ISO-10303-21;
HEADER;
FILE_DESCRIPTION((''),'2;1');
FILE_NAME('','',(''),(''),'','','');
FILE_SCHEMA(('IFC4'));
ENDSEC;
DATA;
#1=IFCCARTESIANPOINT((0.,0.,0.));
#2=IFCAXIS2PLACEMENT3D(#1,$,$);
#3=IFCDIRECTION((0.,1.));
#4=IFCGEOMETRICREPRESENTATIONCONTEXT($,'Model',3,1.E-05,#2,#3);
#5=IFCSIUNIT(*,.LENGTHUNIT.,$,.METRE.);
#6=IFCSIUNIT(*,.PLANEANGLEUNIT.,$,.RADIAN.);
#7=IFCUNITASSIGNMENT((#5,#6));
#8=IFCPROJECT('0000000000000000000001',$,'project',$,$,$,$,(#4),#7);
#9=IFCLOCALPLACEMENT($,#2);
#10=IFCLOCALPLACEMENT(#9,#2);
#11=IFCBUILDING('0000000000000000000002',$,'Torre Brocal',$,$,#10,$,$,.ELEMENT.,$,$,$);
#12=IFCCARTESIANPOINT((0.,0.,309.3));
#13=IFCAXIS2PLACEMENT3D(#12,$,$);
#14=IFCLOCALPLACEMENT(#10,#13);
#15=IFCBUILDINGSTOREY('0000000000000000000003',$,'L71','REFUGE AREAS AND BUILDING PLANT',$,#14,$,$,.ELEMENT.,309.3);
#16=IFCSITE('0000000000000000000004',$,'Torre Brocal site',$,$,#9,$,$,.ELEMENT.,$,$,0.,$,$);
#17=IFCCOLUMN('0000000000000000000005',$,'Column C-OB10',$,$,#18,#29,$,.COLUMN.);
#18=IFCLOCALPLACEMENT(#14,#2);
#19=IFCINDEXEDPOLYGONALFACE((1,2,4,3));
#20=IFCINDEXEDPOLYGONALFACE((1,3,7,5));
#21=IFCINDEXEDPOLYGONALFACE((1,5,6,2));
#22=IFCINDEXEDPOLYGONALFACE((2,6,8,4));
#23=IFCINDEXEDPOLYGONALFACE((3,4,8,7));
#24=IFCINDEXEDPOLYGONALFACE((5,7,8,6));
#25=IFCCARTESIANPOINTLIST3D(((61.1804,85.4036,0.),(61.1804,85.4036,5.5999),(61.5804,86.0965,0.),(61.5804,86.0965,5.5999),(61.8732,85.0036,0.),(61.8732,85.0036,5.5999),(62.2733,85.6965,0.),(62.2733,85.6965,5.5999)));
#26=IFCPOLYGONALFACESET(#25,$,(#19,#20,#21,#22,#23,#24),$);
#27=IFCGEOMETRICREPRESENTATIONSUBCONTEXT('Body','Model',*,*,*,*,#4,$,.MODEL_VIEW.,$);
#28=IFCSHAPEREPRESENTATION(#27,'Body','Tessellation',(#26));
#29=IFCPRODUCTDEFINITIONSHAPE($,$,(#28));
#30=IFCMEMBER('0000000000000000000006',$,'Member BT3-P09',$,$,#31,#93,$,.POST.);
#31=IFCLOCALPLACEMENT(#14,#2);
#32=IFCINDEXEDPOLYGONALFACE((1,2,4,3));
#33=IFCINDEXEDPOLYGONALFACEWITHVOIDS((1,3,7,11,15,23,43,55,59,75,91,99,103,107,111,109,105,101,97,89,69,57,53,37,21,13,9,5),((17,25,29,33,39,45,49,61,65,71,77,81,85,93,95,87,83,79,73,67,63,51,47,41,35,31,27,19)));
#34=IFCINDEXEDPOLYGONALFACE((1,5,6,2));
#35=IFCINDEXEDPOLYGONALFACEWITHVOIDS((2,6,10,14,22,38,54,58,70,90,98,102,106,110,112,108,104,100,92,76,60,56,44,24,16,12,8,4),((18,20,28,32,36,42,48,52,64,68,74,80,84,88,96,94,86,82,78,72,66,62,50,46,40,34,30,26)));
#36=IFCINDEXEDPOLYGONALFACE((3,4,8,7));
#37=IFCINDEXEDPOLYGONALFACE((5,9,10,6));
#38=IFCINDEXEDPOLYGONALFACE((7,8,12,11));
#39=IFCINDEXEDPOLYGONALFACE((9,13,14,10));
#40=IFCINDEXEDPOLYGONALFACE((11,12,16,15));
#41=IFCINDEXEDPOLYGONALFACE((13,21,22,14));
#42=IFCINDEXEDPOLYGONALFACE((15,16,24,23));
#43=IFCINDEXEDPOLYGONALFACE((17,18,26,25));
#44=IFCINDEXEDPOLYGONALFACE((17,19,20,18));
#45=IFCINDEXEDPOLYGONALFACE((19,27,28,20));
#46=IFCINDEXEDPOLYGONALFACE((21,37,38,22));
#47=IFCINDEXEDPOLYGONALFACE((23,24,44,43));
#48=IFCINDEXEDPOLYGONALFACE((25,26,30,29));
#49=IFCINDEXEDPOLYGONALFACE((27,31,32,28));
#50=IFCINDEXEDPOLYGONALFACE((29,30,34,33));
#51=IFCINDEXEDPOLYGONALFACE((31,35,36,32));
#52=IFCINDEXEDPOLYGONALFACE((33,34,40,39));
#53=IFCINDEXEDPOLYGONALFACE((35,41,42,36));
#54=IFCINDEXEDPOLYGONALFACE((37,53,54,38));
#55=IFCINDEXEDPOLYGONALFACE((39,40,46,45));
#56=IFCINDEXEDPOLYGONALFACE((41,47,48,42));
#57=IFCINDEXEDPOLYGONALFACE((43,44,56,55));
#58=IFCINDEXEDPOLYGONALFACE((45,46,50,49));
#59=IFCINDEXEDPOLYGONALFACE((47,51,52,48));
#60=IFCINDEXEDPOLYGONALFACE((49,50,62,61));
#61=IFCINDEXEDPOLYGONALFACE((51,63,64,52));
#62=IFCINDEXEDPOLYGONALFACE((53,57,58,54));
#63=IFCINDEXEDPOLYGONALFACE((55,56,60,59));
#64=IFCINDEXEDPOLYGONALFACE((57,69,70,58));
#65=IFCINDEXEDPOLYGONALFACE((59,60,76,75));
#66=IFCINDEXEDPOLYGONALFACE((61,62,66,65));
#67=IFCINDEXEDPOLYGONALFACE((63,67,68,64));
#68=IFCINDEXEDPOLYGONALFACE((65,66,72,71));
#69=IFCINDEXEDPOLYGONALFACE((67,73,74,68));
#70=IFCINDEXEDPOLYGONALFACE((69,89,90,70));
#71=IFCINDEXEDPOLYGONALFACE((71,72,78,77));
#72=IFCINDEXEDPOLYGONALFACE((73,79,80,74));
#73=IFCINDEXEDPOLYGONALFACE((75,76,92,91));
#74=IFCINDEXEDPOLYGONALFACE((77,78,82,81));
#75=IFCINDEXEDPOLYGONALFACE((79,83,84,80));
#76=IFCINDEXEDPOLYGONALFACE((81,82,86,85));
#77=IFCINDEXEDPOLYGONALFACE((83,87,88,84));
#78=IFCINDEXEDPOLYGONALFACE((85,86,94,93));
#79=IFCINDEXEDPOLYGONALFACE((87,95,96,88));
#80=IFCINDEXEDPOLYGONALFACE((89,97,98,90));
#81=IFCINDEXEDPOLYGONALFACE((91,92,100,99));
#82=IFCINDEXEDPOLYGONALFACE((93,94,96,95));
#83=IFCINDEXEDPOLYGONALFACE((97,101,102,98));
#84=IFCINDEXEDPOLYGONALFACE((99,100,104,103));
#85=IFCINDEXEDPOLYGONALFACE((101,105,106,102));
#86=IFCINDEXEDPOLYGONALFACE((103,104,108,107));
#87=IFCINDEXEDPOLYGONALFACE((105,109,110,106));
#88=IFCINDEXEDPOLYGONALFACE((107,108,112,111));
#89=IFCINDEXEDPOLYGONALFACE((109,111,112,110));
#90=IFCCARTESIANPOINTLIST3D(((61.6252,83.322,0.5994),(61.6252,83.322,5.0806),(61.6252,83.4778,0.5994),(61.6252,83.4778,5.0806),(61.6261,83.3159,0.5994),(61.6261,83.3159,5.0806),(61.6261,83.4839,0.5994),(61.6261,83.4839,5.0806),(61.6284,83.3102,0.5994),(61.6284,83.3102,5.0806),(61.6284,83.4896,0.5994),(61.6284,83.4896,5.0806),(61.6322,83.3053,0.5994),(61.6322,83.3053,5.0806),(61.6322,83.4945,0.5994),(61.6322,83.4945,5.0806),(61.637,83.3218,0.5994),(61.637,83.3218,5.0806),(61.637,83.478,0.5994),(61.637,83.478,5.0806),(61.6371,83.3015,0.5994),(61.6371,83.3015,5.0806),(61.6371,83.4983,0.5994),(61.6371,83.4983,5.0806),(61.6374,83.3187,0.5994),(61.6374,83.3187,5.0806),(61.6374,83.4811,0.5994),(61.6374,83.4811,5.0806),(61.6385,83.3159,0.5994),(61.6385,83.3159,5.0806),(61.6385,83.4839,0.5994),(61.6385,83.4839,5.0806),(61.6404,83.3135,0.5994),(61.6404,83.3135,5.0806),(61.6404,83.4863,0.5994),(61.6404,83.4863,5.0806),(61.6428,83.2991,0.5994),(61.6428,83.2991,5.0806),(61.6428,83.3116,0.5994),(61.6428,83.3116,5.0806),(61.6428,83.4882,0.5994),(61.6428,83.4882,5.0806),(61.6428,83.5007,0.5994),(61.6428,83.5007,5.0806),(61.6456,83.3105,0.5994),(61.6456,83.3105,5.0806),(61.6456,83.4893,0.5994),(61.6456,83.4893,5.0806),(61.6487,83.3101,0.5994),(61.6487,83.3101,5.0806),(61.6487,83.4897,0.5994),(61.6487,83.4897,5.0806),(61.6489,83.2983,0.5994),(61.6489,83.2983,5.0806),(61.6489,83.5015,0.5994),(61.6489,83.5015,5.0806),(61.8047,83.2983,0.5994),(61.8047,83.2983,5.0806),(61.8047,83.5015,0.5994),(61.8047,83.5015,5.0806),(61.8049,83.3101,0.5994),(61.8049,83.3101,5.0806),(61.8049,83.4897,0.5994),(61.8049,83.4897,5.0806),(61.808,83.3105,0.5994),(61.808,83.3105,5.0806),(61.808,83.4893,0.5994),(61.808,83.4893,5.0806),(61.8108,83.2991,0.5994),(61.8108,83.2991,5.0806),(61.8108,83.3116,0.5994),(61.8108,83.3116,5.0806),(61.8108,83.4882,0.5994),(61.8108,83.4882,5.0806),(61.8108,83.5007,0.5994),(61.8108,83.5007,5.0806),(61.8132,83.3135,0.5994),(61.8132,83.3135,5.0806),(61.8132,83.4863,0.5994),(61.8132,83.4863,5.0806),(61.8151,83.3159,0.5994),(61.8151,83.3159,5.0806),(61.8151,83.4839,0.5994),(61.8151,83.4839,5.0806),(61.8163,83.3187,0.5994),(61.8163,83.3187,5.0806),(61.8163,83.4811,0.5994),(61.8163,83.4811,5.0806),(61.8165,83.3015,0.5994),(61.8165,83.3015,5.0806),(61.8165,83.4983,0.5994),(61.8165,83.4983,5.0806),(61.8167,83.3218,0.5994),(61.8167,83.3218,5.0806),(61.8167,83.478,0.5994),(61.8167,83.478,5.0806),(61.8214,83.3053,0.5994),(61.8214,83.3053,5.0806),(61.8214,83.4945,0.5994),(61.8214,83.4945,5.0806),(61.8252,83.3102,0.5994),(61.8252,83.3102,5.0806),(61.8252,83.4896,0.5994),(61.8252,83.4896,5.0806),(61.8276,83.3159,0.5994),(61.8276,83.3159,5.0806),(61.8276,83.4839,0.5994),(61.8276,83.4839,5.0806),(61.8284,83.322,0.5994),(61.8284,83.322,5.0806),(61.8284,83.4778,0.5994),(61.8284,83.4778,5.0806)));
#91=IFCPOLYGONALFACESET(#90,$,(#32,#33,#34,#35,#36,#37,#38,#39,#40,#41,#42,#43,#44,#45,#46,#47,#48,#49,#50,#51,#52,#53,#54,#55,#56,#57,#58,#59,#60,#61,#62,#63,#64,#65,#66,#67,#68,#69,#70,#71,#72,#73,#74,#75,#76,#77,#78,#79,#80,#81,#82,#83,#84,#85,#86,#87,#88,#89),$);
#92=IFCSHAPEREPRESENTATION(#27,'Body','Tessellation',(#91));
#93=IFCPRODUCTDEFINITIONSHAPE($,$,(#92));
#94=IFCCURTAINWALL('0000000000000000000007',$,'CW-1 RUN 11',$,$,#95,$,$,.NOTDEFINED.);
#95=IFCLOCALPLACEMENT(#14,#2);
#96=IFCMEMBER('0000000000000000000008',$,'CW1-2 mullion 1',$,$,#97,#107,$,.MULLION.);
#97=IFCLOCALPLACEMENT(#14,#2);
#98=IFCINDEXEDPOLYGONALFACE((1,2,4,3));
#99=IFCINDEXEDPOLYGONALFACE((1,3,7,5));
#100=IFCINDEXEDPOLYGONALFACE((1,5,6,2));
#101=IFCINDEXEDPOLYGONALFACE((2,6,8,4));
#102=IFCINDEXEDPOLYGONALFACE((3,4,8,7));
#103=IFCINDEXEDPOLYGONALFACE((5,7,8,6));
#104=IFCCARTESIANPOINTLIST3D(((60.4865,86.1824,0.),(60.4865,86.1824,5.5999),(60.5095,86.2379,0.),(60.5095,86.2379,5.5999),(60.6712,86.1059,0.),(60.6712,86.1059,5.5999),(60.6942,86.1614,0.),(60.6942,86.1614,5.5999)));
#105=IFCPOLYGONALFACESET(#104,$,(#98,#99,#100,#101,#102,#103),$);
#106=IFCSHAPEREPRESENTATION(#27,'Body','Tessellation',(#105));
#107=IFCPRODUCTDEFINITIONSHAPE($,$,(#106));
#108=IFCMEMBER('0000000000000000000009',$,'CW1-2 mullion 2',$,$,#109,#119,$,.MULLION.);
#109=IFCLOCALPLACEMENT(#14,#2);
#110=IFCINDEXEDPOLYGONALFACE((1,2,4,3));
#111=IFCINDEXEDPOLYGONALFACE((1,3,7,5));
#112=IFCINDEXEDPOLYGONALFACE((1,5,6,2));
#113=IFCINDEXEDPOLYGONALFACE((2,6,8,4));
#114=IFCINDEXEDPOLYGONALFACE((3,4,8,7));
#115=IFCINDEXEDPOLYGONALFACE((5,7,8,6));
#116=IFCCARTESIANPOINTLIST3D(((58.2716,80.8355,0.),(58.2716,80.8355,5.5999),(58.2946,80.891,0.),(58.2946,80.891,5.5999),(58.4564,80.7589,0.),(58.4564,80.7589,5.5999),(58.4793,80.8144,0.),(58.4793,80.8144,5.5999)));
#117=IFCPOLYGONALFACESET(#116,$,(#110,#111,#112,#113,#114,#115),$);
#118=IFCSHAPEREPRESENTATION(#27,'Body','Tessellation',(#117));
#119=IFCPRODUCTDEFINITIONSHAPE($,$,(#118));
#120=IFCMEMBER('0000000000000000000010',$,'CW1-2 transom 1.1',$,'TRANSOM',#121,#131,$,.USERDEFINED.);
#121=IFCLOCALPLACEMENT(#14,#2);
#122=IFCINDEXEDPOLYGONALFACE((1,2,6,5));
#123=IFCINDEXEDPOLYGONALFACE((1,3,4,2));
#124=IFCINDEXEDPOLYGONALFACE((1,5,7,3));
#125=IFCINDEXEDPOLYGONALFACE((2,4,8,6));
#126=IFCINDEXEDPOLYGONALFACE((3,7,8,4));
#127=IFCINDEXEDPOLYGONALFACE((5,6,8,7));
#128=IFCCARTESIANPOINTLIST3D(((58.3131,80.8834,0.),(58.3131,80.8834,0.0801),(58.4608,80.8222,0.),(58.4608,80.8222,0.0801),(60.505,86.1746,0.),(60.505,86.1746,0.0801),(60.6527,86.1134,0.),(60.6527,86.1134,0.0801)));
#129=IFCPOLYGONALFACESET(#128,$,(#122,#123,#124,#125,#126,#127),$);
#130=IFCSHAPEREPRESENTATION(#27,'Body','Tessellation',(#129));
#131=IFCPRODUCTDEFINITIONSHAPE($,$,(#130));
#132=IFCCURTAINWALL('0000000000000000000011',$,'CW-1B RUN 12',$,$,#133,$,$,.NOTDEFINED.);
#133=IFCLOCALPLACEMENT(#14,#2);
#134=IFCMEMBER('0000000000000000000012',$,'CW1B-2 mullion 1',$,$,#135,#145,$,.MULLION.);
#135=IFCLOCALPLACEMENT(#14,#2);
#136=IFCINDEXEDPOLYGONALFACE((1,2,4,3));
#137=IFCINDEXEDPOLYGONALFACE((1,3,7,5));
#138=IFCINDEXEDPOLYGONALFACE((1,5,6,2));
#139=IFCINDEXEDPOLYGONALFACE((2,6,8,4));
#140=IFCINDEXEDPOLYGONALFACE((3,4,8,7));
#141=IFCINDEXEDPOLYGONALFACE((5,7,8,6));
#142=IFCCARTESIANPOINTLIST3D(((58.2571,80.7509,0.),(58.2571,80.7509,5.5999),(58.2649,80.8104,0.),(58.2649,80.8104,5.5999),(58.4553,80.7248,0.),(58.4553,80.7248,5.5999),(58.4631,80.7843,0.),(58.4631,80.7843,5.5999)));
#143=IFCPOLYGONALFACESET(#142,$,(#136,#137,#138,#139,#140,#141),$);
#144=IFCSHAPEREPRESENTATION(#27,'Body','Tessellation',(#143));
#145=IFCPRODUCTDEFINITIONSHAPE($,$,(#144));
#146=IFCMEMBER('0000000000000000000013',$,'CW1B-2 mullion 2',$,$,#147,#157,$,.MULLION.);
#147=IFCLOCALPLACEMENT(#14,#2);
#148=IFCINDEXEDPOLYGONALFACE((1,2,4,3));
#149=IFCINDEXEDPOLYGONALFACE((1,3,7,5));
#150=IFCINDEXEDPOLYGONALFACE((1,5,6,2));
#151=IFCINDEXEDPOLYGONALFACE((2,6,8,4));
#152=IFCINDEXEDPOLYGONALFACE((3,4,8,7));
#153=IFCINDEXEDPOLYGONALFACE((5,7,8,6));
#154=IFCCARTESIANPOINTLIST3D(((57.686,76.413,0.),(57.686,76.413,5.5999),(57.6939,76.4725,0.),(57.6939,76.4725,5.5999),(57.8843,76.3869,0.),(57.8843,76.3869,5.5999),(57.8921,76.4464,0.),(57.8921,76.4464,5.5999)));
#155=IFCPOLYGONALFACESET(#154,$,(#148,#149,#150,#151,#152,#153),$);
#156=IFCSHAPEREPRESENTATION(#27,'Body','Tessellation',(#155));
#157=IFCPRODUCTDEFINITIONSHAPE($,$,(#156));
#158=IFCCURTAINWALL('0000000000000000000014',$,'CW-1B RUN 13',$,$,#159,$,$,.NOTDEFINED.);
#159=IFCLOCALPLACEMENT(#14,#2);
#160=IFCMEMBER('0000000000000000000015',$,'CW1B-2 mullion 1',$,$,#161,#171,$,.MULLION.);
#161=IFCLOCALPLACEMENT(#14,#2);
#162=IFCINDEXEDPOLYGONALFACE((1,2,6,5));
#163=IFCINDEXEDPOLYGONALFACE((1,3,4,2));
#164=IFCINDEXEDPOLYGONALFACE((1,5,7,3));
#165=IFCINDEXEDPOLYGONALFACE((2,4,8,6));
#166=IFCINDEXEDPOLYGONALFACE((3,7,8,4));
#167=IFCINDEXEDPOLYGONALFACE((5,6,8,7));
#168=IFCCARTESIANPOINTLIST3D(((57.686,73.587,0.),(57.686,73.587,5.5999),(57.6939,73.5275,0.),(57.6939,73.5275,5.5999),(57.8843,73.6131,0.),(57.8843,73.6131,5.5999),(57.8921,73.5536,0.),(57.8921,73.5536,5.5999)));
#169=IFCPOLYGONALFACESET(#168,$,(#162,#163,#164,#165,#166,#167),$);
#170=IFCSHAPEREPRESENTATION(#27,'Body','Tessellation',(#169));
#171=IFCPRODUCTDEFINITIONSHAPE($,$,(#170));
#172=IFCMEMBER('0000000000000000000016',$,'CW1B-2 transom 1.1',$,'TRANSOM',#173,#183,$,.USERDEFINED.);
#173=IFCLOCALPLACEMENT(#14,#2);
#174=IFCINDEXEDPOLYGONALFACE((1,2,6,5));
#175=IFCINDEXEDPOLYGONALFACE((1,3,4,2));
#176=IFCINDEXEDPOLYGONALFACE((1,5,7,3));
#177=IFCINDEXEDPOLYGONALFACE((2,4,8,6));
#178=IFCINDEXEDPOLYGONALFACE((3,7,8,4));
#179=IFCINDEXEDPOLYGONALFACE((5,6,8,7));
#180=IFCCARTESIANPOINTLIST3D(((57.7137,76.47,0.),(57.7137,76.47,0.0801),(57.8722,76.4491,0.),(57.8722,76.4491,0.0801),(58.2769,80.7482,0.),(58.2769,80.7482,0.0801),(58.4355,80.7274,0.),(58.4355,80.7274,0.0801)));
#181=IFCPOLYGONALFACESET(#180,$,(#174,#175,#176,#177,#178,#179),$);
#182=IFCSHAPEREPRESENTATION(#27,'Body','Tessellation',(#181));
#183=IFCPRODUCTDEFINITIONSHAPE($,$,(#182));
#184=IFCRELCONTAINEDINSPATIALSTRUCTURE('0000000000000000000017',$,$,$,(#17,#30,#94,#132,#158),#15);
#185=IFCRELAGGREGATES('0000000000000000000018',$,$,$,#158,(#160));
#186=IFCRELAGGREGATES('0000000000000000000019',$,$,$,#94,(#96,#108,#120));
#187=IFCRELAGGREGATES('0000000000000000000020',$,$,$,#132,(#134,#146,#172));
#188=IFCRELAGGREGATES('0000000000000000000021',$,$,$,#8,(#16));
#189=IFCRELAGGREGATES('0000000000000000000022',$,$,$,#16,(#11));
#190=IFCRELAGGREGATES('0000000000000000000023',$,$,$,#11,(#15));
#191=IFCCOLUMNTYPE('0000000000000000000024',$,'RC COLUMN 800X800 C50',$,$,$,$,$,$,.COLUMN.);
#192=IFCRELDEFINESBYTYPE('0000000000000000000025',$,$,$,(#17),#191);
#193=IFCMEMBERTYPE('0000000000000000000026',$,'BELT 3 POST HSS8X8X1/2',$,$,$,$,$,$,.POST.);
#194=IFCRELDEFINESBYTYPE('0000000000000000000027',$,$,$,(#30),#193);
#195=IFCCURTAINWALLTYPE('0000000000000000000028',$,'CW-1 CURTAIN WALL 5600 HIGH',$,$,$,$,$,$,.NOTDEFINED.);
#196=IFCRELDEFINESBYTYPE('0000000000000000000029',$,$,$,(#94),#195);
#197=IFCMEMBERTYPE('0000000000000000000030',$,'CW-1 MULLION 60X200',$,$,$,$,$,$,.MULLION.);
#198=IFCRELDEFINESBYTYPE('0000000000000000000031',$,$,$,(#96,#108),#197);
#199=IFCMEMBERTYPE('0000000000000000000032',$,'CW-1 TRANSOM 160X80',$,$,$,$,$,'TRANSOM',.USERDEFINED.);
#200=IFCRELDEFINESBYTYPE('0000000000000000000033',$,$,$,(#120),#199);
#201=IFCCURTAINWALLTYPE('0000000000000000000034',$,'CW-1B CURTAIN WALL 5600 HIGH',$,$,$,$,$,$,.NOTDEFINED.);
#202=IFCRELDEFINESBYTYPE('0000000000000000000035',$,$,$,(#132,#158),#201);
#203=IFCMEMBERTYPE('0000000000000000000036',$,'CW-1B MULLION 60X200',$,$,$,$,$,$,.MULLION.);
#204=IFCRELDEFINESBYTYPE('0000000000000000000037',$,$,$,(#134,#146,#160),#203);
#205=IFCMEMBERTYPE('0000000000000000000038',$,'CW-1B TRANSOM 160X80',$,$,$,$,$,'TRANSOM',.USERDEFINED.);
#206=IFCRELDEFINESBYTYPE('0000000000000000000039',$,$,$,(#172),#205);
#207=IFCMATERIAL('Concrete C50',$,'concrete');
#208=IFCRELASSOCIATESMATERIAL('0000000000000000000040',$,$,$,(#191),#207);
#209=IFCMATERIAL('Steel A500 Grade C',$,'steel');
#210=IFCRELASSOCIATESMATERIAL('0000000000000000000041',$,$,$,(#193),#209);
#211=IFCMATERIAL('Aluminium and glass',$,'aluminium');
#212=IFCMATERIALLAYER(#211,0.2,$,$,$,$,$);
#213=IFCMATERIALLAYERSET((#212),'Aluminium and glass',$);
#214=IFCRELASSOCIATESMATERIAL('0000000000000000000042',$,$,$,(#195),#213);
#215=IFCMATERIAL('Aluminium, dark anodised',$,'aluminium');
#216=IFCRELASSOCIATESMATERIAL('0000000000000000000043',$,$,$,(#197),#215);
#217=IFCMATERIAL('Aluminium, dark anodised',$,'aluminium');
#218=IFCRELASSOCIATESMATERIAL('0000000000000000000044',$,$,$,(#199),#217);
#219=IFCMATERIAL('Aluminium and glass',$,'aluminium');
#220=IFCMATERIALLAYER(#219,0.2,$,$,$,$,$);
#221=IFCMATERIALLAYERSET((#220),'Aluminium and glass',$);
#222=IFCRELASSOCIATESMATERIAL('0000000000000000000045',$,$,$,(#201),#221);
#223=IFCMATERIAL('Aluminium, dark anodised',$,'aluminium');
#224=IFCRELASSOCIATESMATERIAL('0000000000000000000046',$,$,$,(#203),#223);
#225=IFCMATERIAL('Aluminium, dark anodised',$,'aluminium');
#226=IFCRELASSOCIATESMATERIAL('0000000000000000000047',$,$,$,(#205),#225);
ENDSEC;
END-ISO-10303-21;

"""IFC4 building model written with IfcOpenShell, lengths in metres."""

from ifc_helpers import new_model, si_unit, direction, frame, origin, origin_2d, place, context, subcontext, project, spatial, rectangle, hollow_rectangle, extrude, material, layer, layer_set, material_profile, profile_set, type_object, element, aggregate, save


model = new_model("IFC4")

# Units and contexts
model_context = context("Model", 3, precision=1e-05, world=origin(), true_north=direction((0.0, 1.0)))
body_context = subcontext(model_context, "Body", "Model", "MODEL_VIEW")
ifc_project = project(units=[si_unit("LENGTHUNIT", "METRE"), si_unit("PLANEANGLEUNIT", "RADIAN")], contexts=[model_context])

# Site, building, storey
site_placement = place(None, origin())
site = spatial("IfcSite", under=ifc_project, at=site_placement, Name="Torre Brocal site", CompositionType="ELEMENT", RefElevation=0.0)
building_placement = place(site_placement, origin())
building = spatial("IfcBuilding", under=site, at=building_placement, Name="Torre Brocal", CompositionType="ELEMENT")
storey_placement = place(building_placement, frame((0.0, 0.0, 309.3)))
storey = spatial("IfcBuildingStorey", under=building, at=storey_placement, Name="L71", Description="REFUGE AREAS AND BUILDING PLANT", CompositionType="ELEMENT", Elevation=309.3)

# Column
ifc_material_1 = material(Name="Concrete C50", Category="concrete")
ifc_material_profile_1 = material_profile(ifc_material_1, rectangle(XDim=0.8, YDim=0.8, at=origin_2d()), Name="RC 800X800")
ifc_profile_set_1 = profile_set([ifc_material_profile_1], Name="Concrete C50")
column_type = type_object("IfcColumnType", Name="RC COLUMN 800X800 C50", PredefinedType="COLUMN", material=ifc_profile_set_1)
column_placement = place(storey_placement, frame((61.7268, 85.55, 0.0), z_axis=(0.0, 0.0, 1.0), x_axis=(-0.866025, 0.5, 0.0)))
element("IfcColumn", 1, at=column_placement, inside=storey, type_object=column_type, Name="Column C-OB10", PredefinedType="COLUMN", context=body_context, shape_type="SweptSolid", body=[
    extrude(rectangle(XDim=0.8, YDim=0.8, at=origin_2d()), origin(), (0.0, 0.0, 1.0), 5.5999),
])

# Member
ifc_material_2 = material(Name="Steel A500 Grade C", Category="steel")
ifc_material_profile_2 = material_profile(ifc_material_2, hollow_rectangle(XDim=0.2031, YDim=0.2031, WallThickness=0.0117, InnerFilletRadius=0.0117, OuterFilletRadius=0.0237, at=origin_2d()), Name="HSS8X8X1/2")
ifc_profile_set_2 = profile_set([ifc_material_profile_2], Name="Steel A500 Grade C")
member_type_1 = type_object("IfcMemberType", Name="BELT 3 POST HSS8X8X1/2", PredefinedType="POST", material=ifc_profile_set_2)
member_1_placement = place(storey_placement, frame((61.7268, 83.3999, 0.5994), z_axis=(0.0, 0.0, 1.0), x_axis=(1.0, 0.0, 0.0)))
element("IfcMember", 2, at=member_1_placement, inside=storey, type_object=member_type_1, Name="Member BT3-P09", PredefinedType="POST", context=body_context, shape_type="SweptSolid", body=[
    extrude(hollow_rectangle(XDim=0.2031, YDim=0.2031, WallThickness=0.0117, InnerFilletRadius=0.0117, OuterFilletRadius=0.0237, at=origin_2d()), origin(), (0.0, 0.0, 1.0), 4.4812),
])

# Curtain walls, members
ifc_material_3 = material(Name="Aluminium and glass", Category="aluminium")
ifc_layer_1 = layer(ifc_material_3, 0.2)
ifc_layer_set_1 = layer_set([ifc_layer_1], Name="Aluminium and glass")
curtain_wall_type_1 = type_object("IfcCurtainWallType", Name="CW-1 CURTAIN WALL 5600 HIGH", PredefinedType="NOTDEFINED", material=ifc_layer_set_1)
curtain_wall_1_placement = place(storey_placement, origin())
curtain_wall_1 = element("IfcCurtainWall", 3, at=curtain_wall_1_placement, inside=storey, type_object=curtain_wall_type_1, Name="CW-1 RUN 11", PredefinedType="NOTDEFINED")
ifc_material_4 = material(Name="Aluminium, dark anodised", Category="aluminium")
ifc_material_profile_3 = material_profile(ifc_material_4, rectangle(XDim=0.2, YDim=0.0601, at=origin_2d()), Name="CW-1 MULLION 60X200")
ifc_profile_set_3 = profile_set([ifc_material_profile_3], Name="Aluminium, dark anodised")
member_type_2 = type_object("IfcMemberType", Name="CW-1 MULLION 60X200", PredefinedType="MULLION", material=ifc_profile_set_3)
member_2_placement = place(storey_placement, frame((60.5903, 86.1719, 0.0), z_axis=(0.0, 0.0, 1.0), x_axis=(0.92388, -0.382683, 0.0)))
member_2 = element("IfcMember", 4, at=member_2_placement, type_object=member_type_2, Name="CW1-2 mullion 1", PredefinedType="MULLION", context=body_context, shape_type="SweptSolid", body=[
    extrude(rectangle(XDim=0.2, YDim=0.0601, at=origin_2d()), origin(), (0.0, 0.0, 1.0), 5.5999),
])
member_3_placement = place(storey_placement, frame((58.3755, 80.825, 0.0), z_axis=(0.0, 0.0, 1.0), x_axis=(0.92388, -0.382683, 0.0)))
member_3 = element("IfcMember", 5, at=member_3_placement, type_object=member_type_2, Name="CW1-2 mullion 2", PredefinedType="MULLION", context=body_context, shape_type="SweptSolid", body=[
    extrude(rectangle(XDim=0.2, YDim=0.0601, at=origin_2d()), origin(), (0.0, 0.0, 1.0), 5.5999),
])
ifc_material_5 = material(Name="Aluminium, dark anodised", Category="aluminium")
ifc_material_profile_4 = material_profile(ifc_material_5, rectangle(XDim=0.1599, YDim=0.0801, at=origin_2d()), Name="CW-1 TRANSOM 160X80")
ifc_profile_set_4 = profile_set([ifc_material_profile_4], Name="Aluminium, dark anodised")
member_type_3 = type_object("IfcMemberType", Name="CW-1 TRANSOM 160X80", ElementType="TRANSOM", PredefinedType="USERDEFINED", material=ifc_profile_set_4)
member_4_placement = place(storey_placement, frame((60.5789, 86.144, 0.04), z_axis=(-0.382711, -0.923868, 0.0), x_axis=(0.923868, -0.382711, 0.0)))
member_4 = element("IfcMember", 6, at=member_4_placement, type_object=member_type_3, Name="CW1-2 transom 1.1", ObjectType="TRANSOM", PredefinedType="USERDEFINED", context=body_context, shape_type="SweptSolid", body=[
    extrude(rectangle(XDim=0.1599, YDim=0.0801, at=origin_2d()), origin(), (0.0, 0.0, 1.0), 5.7273),
])
ifc_material_6 = material(Name="Aluminium and glass", Category="aluminium")
ifc_layer_2 = layer(ifc_material_6, 0.2)
ifc_layer_set_2 = layer_set([ifc_layer_2], Name="Aluminium and glass")
curtain_wall_type_2 = type_object("IfcCurtainWallType", Name="CW-1B CURTAIN WALL 5600 HIGH", PredefinedType="NOTDEFINED", material=ifc_layer_set_2)
curtain_wall_2_placement = place(storey_placement, origin())
curtain_wall_2 = element("IfcCurtainWall", 7, at=curtain_wall_2_placement, inside=storey, type_object=curtain_wall_type_2, Name="CW-1B RUN 12", PredefinedType="NOTDEFINED")
ifc_material_7 = material(Name="Aluminium, dark anodised", Category="aluminium")
ifc_material_profile_5 = material_profile(ifc_material_7, rectangle(XDim=0.2, YDim=0.0601, at=origin_2d()), Name="CW-1B MULLION 60X200")
ifc_profile_set_5 = profile_set([ifc_material_profile_5], Name="Aluminium, dark anodised")
member_type_4 = type_object("IfcMemberType", Name="CW-1B MULLION 60X200", PredefinedType="MULLION", material=ifc_profile_set_5)
member_5_placement = place(storey_placement, frame((58.3601, 80.7676, 0.0), z_axis=(0.0, 0.0, 1.0), x_axis=(0.991445, -0.130526, 0.0)))
member_5 = element("IfcMember", 8, at=member_5_placement, type_object=member_type_4, Name="CW1B-2 mullion 1", PredefinedType="MULLION", context=body_context, shape_type="SweptSolid", body=[
    extrude(rectangle(XDim=0.2, YDim=0.0601, at=origin_2d()), origin(), (0.0, 0.0, 1.0), 5.5999),
])
member_6_placement = place(storey_placement, frame((57.7891, 76.4297, 0.0), z_axis=(0.0, 0.0, 1.0), x_axis=(0.991445, -0.130526, 0.0)))
member_6 = element("IfcMember", 9, at=member_6_placement, type_object=member_type_4, Name="CW1B-2 mullion 2", PredefinedType="MULLION", context=body_context, shape_type="SweptSolid", body=[
    extrude(rectangle(XDim=0.2, YDim=0.0601, at=origin_2d()), origin(), (0.0, 0.0, 1.0), 5.5999),
])

# Curtain wall, member
curtain_wall_3_placement = place(storey_placement, origin())
curtain_wall_3 = element("IfcCurtainWall", 10, at=curtain_wall_3_placement, inside=storey, type_object=curtain_wall_type_2, Name="CW-1B RUN 13", PredefinedType="NOTDEFINED")
member_7_placement = place(storey_placement, frame((57.7891, 73.5703, 0.0), z_axis=(0.0, 0.0, 1.0), x_axis=(0.991445, 0.130526, 0.0)))
member_7 = element("IfcMember", 11, at=member_7_placement, type_object=member_type_4, Name="CW1B-2 mullion 1", PredefinedType="MULLION", context=body_context, shape_type="SweptSolid", body=[
    extrude(rectangle(XDim=0.2, YDim=0.0601, at=origin_2d()), origin(), (0.0, 0.0, 1.0), 5.5999),
])

# Member
ifc_material_8 = material(Name="Aluminium, dark anodised", Category="aluminium")
ifc_material_profile_6 = material_profile(ifc_material_8, rectangle(XDim=0.1599, YDim=0.0801, at=origin_2d()), Name="CW-1B TRANSOM 160X80")
ifc_profile_set_6 = profile_set([ifc_material_profile_6], Name="Aluminium, dark anodised")
member_type_5 = type_object("IfcMemberType", Name="CW-1B TRANSOM 160X80", ElementType="TRANSOM", PredefinedType="USERDEFINED", material=ifc_profile_set_6)
member_8_placement = place(storey_placement, frame((58.3562, 80.7378, 0.04), z_axis=(-0.130522, -0.991445, 0.0), x_axis=(0.991445, -0.130522, 0.0)))
member_8 = element("IfcMember", 12, at=member_8_placement, type_object=member_type_5, Name="CW1B-2 transom 1.1", ObjectType="TRANSOM", PredefinedType="USERDEFINED", context=body_context, shape_type="SweptSolid", body=[
    extrude(rectangle(XDim=0.1599, YDim=0.0801, at=origin_2d()), origin(), (0.0, 0.0, 1.0), 4.3152),
])
aggregate(curtain_wall_3, [member_7])

aggregate(curtain_wall_1, [member_2, member_3, member_4])
aggregate(curtain_wall_2, [member_5, member_6, member_8])

save(model, "model.ifc")
